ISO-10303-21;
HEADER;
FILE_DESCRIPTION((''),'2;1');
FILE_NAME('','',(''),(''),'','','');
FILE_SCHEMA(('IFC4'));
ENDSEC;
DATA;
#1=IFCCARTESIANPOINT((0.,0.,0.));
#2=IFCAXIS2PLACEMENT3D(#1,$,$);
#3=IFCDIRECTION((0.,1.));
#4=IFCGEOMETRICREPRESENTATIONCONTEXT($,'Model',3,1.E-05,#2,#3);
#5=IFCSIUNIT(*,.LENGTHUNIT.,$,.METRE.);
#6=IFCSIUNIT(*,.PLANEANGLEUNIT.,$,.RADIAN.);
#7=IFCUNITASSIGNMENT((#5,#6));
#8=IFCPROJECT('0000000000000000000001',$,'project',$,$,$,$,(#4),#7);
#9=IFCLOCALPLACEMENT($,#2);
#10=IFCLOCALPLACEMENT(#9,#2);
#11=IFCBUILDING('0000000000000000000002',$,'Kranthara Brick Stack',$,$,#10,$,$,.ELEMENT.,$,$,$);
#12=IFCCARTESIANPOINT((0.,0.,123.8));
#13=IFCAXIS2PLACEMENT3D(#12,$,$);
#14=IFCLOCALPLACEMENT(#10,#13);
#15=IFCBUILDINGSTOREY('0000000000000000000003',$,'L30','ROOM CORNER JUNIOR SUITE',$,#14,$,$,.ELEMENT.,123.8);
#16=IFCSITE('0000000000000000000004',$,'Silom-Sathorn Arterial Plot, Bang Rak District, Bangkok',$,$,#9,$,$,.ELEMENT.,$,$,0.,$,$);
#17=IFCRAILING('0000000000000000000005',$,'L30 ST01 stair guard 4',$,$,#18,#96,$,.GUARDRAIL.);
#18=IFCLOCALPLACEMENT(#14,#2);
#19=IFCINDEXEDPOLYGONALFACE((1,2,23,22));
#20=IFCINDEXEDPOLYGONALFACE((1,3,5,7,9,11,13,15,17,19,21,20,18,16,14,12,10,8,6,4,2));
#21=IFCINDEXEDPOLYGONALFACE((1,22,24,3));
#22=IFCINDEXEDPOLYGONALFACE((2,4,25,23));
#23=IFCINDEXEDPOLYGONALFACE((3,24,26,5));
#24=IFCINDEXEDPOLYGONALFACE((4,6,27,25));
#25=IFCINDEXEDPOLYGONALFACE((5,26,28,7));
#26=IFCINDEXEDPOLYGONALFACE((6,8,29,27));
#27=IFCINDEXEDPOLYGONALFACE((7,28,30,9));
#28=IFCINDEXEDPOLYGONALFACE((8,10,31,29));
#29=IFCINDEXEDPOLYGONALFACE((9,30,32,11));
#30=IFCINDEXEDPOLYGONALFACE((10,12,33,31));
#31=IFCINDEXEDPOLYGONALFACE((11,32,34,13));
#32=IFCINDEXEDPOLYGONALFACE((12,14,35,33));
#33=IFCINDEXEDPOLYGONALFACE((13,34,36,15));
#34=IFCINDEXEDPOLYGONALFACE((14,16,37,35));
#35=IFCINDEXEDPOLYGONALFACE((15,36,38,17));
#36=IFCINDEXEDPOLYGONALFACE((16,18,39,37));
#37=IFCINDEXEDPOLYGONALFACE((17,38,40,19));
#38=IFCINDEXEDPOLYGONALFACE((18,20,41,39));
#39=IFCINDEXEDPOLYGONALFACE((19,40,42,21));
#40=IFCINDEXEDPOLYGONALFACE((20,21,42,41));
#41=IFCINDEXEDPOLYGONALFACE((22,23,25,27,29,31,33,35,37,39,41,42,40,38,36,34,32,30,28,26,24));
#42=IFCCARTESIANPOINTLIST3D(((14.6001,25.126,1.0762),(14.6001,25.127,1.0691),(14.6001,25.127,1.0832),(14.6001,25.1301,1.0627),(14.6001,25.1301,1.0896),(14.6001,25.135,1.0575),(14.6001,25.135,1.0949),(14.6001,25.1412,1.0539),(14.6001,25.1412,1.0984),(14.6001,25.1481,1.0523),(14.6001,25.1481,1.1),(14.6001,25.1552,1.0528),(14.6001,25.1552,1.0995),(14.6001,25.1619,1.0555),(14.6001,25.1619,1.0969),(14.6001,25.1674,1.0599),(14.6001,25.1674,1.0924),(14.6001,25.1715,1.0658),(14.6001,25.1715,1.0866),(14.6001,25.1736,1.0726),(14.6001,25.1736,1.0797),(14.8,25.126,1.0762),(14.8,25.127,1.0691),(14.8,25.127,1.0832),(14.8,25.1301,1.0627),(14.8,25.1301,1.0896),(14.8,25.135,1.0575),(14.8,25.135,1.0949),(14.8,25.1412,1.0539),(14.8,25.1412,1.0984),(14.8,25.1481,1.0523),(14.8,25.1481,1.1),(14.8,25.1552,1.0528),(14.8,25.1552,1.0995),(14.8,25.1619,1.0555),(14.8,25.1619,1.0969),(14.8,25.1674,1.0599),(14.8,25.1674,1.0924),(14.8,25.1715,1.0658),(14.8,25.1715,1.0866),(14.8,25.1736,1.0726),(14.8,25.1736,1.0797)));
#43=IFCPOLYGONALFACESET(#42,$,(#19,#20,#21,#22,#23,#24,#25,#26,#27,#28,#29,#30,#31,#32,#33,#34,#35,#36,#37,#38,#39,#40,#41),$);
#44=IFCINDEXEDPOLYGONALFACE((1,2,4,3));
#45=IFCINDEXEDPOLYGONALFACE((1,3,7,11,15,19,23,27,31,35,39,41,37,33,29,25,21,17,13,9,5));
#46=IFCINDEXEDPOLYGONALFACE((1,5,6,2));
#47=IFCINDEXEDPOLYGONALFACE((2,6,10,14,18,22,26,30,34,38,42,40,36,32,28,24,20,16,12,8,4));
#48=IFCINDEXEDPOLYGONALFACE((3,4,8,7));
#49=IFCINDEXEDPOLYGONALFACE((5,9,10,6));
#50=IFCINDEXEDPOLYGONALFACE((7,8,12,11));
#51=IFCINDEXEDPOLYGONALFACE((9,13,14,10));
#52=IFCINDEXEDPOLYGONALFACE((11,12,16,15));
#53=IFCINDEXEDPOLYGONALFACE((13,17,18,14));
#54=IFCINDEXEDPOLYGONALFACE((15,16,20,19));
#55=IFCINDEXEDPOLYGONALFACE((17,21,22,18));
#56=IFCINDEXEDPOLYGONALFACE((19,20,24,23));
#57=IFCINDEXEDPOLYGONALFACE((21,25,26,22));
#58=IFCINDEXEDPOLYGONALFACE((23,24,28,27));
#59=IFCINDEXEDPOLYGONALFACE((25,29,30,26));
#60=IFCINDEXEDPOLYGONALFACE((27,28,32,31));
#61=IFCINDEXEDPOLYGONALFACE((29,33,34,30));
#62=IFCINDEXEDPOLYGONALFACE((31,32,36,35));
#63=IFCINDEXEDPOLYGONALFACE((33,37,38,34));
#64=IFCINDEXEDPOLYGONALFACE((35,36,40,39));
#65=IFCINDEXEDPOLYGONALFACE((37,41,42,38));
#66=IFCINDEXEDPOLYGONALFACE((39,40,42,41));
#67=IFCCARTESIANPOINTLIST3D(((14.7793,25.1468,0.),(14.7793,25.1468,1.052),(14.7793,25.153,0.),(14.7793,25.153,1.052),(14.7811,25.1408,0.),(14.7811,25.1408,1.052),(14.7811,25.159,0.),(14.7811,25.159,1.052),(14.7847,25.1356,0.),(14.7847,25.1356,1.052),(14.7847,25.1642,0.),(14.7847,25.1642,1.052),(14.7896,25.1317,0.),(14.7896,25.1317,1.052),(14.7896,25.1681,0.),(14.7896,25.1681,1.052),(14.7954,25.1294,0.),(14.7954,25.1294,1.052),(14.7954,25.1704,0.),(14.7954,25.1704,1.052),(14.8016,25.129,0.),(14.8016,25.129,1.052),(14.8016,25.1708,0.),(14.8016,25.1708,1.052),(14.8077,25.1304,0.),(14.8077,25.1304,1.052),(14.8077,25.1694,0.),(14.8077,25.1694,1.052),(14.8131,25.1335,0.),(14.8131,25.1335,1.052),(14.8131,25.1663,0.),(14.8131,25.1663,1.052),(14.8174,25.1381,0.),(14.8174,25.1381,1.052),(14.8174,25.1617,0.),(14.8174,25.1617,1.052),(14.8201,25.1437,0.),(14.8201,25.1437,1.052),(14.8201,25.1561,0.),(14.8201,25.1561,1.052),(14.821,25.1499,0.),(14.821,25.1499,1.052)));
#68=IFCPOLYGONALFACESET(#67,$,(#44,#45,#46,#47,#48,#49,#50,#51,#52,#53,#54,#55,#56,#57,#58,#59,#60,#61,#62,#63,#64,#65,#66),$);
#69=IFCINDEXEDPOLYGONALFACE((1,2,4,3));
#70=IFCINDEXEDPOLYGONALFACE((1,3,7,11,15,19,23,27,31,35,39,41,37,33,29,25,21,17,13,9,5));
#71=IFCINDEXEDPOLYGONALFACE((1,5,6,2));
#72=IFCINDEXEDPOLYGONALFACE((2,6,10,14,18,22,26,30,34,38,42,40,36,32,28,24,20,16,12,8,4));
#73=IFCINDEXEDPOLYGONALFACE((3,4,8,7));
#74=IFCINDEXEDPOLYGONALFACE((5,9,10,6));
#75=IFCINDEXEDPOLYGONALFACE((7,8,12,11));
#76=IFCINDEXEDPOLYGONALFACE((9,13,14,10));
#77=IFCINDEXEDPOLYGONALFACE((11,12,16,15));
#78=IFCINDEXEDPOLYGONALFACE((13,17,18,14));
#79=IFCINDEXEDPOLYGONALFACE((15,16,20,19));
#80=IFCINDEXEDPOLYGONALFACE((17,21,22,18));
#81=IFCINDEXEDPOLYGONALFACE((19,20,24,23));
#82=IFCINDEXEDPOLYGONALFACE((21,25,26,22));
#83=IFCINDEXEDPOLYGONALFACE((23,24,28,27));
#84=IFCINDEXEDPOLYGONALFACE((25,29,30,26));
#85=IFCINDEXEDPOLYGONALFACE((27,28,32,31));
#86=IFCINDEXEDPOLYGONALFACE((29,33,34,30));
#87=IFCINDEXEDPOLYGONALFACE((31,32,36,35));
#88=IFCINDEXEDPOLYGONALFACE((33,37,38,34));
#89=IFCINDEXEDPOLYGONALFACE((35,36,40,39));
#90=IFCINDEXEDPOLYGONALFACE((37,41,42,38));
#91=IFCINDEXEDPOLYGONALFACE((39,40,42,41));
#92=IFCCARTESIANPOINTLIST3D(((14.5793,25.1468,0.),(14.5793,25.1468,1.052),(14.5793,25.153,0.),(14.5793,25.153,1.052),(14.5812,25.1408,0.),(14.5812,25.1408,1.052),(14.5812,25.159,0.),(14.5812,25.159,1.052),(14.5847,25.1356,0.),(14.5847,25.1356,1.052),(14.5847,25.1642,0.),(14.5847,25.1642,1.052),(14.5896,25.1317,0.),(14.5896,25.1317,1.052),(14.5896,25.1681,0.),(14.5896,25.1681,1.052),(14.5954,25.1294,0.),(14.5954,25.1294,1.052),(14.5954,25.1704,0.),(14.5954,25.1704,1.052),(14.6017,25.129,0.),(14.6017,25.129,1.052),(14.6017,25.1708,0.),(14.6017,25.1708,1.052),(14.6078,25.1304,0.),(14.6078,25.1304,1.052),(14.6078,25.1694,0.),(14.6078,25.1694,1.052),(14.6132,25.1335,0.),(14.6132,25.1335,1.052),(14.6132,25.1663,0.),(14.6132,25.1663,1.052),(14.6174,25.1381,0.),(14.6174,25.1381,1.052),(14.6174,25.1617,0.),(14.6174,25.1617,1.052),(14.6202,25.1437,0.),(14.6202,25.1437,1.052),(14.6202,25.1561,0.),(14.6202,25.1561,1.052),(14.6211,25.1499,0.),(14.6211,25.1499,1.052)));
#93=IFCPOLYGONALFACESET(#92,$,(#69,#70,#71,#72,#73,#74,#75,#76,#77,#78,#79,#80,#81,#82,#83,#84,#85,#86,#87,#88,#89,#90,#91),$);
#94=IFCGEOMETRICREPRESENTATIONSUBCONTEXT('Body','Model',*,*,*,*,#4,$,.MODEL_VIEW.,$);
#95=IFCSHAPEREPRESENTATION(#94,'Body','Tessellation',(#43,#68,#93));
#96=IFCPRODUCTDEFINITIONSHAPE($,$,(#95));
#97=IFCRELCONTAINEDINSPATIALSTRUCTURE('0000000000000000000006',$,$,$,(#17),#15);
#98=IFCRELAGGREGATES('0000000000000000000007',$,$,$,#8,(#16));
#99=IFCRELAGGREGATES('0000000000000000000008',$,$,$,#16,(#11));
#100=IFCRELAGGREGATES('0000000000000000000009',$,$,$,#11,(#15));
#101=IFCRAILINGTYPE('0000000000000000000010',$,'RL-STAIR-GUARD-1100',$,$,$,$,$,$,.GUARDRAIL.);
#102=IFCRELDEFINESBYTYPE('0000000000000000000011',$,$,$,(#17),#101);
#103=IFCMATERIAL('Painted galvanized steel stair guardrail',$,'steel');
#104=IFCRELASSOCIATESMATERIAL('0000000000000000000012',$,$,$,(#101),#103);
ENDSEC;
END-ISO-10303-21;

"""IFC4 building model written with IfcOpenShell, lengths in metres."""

from ifc_helpers import new_model, si_unit, direction, frame, origin, origin_2d, place, context, subcontext, project, spatial, circle, extrude, material, type_object, element, save


model = new_model("IFC4")

# Units and contexts
model_context = context("Model", 3, precision=1e-05, world=origin(), true_north=direction((0.0, 1.0)))
body_context = subcontext(model_context, "Body", "Model", "MODEL_VIEW")
ifc_project = project(units=[si_unit("LENGTHUNIT", "METRE"), si_unit("PLANEANGLEUNIT", "RADIAN")], contexts=[model_context])

# Site, building, storey
site_placement = place(None, origin())
site = spatial("IfcSite", under=ifc_project, at=site_placement, Name="Silom-Sathorn Arterial Plot, Bang Rak District, Bangkok", CompositionType="ELEMENT", RefElevation=0.0)
building_placement = place(site_placement, origin())
building = spatial("IfcBuilding", under=site, at=building_placement, Name="Kranthara Brick Stack", CompositionType="ELEMENT")
storey_placement = place(building_placement, frame((0.0, 0.0, 123.8)))
storey = spatial("IfcBuildingStorey", under=building, at=storey_placement, Name="L30", Description="ROOM CORNER JUNIOR SUITE", CompositionType="ELEMENT", Elevation=123.8)

# Railing
ifc_material_1 = material(Name="Painted galvanized steel stair guardrail", Category="steel")
railing_type_1 = type_object("IfcRailingType", Name="RL-STAIR-GUARD-1100", PredefinedType="GUARDRAIL", material=ifc_material_1)
railing_1_placement = place(storey_placement, frame((14.8, 25.1499, 0.0)))
element("IfcRailing", 1, at=railing_1_placement, inside=storey, type_object=railing_type_1, Name="L30 ST01 stair guard 4", PredefinedType="GUARDRAIL", context=body_context, shape_type="SweptSolid", body=[
    extrude(circle(Radius=0.0239, at=origin_2d()), frame((0.0, 0.0, 1.0762), z_axis=(-1.0, 0.0, 0.0), x_axis=(0.0, -1.0, 0.0)), (0.0, 0.0, 1.0), 0.2),
    extrude(circle(Radius=0.021, at=origin_2d()), origin(), (0.0, 0.0, 1.0), 1.052),
    extrude(circle(Radius=0.021, at=origin_2d()), frame((-0.2, 0.0, 0.0)), (0.0, 0.0, 1.0), 1.052),
])

save(model, "model.ifc")
